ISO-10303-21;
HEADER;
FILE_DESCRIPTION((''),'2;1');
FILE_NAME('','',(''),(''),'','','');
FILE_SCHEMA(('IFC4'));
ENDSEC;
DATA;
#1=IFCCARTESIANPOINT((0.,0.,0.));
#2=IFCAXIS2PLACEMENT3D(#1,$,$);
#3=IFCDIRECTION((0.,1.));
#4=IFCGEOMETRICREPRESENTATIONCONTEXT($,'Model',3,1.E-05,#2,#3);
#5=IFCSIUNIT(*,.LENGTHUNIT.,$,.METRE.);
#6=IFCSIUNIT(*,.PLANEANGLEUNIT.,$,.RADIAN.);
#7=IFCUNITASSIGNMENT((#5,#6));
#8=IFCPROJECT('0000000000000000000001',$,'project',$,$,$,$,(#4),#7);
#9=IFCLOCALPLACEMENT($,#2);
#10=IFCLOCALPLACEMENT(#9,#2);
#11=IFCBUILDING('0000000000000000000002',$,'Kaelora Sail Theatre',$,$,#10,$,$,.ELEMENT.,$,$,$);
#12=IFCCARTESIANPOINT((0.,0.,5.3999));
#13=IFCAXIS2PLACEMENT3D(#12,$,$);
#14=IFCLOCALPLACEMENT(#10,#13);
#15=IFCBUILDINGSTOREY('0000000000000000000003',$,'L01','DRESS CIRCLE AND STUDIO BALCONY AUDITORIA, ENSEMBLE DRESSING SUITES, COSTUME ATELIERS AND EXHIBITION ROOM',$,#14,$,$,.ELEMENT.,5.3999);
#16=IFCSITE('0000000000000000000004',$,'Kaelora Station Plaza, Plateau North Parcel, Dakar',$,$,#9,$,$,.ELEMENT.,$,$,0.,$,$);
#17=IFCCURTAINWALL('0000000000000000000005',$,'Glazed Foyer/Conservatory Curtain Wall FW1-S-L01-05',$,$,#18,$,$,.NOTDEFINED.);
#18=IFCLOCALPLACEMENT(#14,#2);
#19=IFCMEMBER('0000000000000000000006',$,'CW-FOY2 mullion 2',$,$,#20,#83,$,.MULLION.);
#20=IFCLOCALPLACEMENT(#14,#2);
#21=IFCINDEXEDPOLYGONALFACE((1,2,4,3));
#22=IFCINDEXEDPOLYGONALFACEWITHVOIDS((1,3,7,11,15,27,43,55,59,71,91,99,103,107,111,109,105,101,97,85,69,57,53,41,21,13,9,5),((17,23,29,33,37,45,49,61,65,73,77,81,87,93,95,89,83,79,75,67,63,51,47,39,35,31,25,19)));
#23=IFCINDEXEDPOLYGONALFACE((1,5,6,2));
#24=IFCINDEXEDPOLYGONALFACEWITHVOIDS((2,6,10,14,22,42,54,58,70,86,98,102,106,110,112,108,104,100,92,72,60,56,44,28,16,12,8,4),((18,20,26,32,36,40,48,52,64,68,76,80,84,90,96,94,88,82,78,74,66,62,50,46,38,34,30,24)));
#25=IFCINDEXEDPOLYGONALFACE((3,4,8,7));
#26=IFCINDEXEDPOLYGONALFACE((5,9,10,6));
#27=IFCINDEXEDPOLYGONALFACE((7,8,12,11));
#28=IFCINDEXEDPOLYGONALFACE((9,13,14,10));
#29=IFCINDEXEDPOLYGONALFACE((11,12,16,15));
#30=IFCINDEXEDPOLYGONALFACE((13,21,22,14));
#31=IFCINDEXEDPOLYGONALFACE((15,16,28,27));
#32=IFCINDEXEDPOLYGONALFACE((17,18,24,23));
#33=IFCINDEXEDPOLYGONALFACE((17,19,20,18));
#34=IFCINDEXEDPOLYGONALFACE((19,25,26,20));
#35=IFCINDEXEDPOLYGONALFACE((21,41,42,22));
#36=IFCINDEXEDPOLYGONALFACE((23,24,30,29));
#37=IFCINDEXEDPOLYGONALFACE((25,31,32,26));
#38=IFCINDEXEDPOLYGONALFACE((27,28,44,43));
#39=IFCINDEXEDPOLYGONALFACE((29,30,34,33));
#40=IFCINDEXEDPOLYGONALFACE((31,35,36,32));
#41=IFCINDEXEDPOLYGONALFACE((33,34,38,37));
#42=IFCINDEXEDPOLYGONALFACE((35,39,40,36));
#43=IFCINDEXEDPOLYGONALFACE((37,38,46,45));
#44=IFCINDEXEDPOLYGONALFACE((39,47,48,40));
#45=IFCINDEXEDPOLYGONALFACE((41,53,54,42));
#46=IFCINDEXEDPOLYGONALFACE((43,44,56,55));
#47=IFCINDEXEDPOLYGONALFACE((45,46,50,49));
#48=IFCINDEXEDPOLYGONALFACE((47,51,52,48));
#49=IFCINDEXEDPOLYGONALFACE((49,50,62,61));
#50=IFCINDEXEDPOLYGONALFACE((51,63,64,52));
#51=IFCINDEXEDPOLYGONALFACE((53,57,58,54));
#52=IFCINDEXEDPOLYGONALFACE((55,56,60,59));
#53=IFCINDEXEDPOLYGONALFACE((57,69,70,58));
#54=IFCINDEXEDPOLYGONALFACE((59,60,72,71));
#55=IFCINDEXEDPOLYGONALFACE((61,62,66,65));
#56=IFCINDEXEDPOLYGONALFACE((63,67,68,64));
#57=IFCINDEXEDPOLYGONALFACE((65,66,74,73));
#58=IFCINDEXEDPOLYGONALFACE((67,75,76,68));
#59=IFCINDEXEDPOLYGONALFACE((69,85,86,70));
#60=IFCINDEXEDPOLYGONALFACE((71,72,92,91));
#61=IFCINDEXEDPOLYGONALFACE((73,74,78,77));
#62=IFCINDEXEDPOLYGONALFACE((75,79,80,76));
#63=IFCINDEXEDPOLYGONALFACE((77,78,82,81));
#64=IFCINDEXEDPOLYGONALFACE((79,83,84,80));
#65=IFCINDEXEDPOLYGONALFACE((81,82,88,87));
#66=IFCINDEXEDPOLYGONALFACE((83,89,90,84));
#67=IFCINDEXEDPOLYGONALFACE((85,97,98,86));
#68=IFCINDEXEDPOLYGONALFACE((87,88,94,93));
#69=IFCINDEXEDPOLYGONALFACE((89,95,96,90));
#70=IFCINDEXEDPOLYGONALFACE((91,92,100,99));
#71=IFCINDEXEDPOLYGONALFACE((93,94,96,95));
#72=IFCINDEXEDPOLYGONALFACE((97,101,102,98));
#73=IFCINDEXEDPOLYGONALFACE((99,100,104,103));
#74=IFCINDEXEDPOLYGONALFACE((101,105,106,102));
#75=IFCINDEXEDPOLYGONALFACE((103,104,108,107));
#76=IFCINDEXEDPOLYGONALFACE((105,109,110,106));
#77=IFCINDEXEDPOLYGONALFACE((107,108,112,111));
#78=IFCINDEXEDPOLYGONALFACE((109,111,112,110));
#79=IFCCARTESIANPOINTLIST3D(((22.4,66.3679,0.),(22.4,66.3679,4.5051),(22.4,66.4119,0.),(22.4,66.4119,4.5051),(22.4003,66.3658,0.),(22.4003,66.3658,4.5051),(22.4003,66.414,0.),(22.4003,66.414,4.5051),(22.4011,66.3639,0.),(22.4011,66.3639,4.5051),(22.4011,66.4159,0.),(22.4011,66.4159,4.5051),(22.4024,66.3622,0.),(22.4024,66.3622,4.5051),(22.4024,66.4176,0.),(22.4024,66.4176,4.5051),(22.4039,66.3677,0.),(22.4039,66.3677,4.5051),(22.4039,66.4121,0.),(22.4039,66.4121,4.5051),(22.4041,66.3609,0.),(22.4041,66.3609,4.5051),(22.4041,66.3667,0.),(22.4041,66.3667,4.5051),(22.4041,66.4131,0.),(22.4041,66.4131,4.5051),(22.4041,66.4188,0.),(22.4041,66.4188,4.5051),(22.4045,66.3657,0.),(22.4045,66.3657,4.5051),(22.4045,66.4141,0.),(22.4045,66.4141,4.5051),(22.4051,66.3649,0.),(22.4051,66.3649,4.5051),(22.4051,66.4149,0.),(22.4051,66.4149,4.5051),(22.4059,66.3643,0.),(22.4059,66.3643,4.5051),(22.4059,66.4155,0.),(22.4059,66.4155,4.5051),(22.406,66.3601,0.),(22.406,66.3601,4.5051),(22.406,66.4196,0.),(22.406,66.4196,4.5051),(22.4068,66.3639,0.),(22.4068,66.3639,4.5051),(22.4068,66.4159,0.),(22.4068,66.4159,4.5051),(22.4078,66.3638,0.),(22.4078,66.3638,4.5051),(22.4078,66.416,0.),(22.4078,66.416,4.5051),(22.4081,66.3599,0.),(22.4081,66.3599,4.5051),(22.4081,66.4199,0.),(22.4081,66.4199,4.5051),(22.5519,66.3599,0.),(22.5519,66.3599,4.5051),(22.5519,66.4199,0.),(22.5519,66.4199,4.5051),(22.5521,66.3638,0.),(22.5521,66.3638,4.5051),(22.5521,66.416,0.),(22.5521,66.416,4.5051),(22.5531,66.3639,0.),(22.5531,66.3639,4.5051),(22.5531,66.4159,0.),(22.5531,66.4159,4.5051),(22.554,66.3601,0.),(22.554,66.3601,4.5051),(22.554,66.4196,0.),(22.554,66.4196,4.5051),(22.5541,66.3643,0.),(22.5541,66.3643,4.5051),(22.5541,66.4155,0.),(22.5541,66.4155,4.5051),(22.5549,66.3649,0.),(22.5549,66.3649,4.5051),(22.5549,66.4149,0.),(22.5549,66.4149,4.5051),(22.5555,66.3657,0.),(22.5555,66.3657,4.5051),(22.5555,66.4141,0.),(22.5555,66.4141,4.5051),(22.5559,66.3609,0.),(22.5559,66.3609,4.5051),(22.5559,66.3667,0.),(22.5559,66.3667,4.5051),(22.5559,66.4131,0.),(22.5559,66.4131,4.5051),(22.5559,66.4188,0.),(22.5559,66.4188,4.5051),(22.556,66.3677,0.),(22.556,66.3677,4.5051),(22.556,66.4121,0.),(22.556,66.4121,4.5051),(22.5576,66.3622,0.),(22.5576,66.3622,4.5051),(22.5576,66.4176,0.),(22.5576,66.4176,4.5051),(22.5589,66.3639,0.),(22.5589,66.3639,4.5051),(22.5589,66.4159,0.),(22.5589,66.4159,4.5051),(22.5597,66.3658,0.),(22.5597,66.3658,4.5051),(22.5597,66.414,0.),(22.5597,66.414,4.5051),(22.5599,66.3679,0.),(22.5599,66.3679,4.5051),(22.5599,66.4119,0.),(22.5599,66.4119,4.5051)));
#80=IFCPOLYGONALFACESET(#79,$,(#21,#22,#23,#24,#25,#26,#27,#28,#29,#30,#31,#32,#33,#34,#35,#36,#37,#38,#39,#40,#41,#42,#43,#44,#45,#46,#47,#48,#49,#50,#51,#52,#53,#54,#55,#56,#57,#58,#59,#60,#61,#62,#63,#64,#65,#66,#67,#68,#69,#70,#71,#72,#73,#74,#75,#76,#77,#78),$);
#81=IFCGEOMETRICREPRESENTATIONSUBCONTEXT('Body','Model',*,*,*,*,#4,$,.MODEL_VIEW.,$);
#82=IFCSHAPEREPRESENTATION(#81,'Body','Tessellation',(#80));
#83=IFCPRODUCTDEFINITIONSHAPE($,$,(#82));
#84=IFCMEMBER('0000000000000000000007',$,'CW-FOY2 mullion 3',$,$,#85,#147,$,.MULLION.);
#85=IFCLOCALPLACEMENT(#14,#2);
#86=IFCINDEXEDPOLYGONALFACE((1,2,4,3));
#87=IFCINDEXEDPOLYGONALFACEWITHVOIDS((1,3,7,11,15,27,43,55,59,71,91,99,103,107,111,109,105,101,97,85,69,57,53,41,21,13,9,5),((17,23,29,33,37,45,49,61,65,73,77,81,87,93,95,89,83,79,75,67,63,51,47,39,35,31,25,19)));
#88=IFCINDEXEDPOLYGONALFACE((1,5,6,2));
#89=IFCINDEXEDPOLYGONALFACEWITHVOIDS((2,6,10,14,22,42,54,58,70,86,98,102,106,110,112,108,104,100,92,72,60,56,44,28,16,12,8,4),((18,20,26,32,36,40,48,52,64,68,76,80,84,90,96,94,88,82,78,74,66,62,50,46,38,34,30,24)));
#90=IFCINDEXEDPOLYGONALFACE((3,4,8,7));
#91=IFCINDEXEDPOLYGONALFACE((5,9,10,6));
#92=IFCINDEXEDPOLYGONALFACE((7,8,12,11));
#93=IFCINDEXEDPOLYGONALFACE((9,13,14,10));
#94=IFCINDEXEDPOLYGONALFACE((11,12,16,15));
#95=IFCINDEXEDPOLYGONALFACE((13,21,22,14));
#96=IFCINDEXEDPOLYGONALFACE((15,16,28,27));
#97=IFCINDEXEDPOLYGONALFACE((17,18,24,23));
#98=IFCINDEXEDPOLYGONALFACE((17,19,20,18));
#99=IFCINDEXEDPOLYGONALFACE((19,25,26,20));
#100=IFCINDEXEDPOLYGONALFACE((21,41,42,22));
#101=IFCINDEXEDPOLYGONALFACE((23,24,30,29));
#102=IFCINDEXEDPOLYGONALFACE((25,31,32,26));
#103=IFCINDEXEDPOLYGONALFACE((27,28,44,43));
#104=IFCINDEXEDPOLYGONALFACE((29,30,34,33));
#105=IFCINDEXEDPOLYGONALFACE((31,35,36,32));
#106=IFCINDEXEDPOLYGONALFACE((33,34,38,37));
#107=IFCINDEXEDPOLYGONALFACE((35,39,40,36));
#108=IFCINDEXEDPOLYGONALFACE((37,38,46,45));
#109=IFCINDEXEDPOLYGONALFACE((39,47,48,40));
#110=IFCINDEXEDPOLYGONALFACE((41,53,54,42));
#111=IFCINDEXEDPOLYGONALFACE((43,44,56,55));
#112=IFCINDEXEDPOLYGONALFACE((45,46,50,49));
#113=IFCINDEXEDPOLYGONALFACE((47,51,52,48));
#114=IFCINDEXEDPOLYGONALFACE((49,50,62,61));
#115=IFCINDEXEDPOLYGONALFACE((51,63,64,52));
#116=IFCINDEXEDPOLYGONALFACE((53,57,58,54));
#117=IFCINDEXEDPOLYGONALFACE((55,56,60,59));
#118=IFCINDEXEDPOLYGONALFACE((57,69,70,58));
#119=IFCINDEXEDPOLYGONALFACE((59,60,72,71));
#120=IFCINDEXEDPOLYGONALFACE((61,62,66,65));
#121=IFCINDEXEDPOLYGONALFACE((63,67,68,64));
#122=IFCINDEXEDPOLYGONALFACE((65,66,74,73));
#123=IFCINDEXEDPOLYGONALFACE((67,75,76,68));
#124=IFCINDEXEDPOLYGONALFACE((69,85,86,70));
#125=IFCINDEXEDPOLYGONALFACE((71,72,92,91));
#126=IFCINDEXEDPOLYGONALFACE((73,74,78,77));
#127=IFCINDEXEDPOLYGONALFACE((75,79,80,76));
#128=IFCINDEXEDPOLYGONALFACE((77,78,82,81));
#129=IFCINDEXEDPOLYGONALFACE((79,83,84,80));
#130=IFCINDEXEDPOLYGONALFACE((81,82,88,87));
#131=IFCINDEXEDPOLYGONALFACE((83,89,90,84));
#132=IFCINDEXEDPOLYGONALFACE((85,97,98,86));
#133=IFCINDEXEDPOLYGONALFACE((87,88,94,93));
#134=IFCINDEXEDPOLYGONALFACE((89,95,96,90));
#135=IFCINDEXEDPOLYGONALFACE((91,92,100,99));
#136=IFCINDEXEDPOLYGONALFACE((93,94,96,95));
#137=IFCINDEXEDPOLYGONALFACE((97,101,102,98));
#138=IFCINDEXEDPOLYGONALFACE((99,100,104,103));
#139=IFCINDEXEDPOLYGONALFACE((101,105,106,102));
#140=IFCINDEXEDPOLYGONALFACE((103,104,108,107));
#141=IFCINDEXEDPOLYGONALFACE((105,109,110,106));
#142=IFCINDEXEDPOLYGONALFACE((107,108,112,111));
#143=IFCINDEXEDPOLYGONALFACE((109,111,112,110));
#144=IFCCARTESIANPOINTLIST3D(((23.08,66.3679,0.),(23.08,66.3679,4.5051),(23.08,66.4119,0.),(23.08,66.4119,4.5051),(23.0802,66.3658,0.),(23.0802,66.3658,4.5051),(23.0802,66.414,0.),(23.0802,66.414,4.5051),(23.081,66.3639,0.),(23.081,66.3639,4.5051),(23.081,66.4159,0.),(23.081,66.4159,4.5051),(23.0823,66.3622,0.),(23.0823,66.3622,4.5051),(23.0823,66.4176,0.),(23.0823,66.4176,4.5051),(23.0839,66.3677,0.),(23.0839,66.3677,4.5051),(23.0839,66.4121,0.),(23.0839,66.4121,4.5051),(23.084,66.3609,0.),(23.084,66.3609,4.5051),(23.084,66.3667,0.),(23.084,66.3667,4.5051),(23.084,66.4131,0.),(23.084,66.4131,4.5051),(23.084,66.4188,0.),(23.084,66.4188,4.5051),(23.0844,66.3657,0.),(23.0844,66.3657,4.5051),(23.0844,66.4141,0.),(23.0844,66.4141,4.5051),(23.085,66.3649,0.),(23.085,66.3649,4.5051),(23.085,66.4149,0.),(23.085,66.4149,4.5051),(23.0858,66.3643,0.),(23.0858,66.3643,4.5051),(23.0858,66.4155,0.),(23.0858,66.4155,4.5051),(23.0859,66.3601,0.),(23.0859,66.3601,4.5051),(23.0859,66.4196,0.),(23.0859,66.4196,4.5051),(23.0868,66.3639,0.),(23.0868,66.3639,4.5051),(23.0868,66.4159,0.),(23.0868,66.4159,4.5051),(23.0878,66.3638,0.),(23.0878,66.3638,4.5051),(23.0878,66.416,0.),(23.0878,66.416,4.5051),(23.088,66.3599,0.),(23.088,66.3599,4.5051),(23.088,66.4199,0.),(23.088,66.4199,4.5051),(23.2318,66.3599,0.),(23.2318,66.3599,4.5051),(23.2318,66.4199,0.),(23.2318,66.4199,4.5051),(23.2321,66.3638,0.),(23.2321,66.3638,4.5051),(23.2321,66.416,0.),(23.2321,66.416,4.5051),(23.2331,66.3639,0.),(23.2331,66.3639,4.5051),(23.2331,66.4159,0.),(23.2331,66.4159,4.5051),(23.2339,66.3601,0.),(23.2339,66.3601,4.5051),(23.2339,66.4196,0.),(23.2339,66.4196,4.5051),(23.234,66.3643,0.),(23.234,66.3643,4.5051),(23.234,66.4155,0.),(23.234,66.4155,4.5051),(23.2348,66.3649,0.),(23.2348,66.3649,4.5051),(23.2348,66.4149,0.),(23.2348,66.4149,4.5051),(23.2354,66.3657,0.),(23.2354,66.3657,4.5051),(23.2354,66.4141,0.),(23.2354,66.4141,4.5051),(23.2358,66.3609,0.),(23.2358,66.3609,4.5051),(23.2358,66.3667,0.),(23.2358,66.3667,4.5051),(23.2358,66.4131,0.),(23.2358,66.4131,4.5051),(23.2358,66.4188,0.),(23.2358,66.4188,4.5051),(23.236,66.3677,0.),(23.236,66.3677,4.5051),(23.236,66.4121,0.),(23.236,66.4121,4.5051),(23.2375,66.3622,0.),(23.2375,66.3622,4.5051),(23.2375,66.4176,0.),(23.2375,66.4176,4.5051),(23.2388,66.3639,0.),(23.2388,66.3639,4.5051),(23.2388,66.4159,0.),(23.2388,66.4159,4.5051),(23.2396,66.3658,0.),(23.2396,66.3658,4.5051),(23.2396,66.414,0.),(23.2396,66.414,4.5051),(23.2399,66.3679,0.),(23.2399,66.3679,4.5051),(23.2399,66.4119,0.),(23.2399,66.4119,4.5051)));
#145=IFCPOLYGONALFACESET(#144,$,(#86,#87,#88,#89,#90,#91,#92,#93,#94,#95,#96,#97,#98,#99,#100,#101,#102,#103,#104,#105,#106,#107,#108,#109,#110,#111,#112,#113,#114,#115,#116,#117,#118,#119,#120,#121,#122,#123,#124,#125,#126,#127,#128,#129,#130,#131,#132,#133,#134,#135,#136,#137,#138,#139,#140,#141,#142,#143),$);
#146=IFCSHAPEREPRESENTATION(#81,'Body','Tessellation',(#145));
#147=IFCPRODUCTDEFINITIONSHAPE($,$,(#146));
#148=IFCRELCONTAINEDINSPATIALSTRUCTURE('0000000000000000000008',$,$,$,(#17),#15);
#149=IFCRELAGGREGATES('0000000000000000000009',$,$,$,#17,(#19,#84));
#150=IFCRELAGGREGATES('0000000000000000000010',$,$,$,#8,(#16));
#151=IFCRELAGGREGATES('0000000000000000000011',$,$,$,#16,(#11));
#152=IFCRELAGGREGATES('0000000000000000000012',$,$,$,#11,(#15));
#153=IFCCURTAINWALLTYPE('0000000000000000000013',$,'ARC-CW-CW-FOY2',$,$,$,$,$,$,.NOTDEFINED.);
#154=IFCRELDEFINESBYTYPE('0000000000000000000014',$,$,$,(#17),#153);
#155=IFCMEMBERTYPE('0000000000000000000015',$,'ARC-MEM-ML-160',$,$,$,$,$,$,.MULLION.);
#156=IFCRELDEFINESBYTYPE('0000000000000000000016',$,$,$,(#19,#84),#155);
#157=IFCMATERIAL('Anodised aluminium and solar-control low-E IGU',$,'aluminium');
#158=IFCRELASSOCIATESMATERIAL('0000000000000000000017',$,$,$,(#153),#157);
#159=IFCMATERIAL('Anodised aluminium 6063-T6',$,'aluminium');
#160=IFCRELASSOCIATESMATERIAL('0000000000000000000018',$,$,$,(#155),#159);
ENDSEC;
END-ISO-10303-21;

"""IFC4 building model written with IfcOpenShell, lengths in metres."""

from ifc_helpers import new_model, si_unit, direction, frame, origin, origin_2d, place, context, subcontext, project, spatial, hollow_rectangle, extrude, material, material_profile, profile_set, type_object, element, aggregate, save


model = new_model("IFC4")

# Units and contexts
model_context = context("Model", 3, precision=1e-05, world=origin(), true_north=direction((0.0, 1.0)))
body_context = subcontext(model_context, "Body", "Model", "MODEL_VIEW")
ifc_project = project(units=[si_unit("LENGTHUNIT", "METRE"), si_unit("PLANEANGLEUNIT", "RADIAN")], contexts=[model_context])

# Site, building, storey
site_placement = place(None, origin())
site = spatial("IfcSite", under=ifc_project, at=site_placement, Name="Kaelora Station Plaza, Plateau North Parcel, Dakar", CompositionType="ELEMENT", RefElevation=0.0)
building_placement = place(site_placement, origin())
building = spatial("IfcBuilding", under=site, at=building_placement, Name="Kaelora Sail Theatre", CompositionType="ELEMENT")
storey_placement = place(building_placement, frame((0.0, 0.0, 5.3999)))
storey = spatial("IfcBuildingStorey", under=building, at=storey_placement, Name="L01", Description="DRESS CIRCLE AND STUDIO BALCONY AUDITORIA, ENSEMBLE DRESSING SUITES, COSTUME ATELIERS AND EXHIBITION ROOM", CompositionType="ELEMENT", Elevation=5.3999)

# Curtain wall, members
ifc_material_1 = material(Name="Anodised aluminium and solar-control low-E IGU", Category="aluminium")
curtain_wall_type = type_object("IfcCurtainWallType", Name="ARC-CW-CW-FOY2", PredefinedType="NOTDEFINED", material=ifc_material_1)
curtain_wall_placement = place(storey_placement, origin())
curtain_wall = element("IfcCurtainWall", 1, at=curtain_wall_placement, inside=storey, type_object=curtain_wall_type, Name="Glazed Foyer/Conservatory Curtain Wall FW1-S-L01-05", PredefinedType="NOTDEFINED")
ifc_material_2 = material(Name="Anodised aluminium 6063-T6", Category="aluminium")
ifc_material_profile_1 = material_profile(ifc_material_2, hollow_rectangle(XDim=0.0601, YDim=0.1599, WallThickness=0.0039, InnerFilletRadius=0.0039, OuterFilletRadius=0.0081, at=origin_2d()), Name="ALU-MULL 60x160x4")
ifc_profile_set_1 = profile_set([ifc_material_profile_1], Name="Anodised aluminium 6063-T6")
member_type_1 = type_object("IfcMemberType", Name="ARC-MEM-ML-160", PredefinedType="MULLION", material=ifc_profile_set_1)
member_1_placement = place(storey_placement, frame((22.48, 66.3899, 0.0), z_axis=(0.0, 0.0, 1.0), x_axis=(0.0, 1.0, 0.0)))
member_1 = element("IfcMember", 2, at=member_1_placement, type_object=member_type_1, Name="CW-FOY2 mullion 2", PredefinedType="MULLION", context=body_context, shape_type="SweptSolid", body=[
    extrude(hollow_rectangle(XDim=0.0601, YDim=0.1599, WallThickness=0.0039, InnerFilletRadius=0.0039, OuterFilletRadius=0.0081, at=origin_2d()), origin(), (0.0, 0.0, 1.0), 4.5051),
])
member_2_placement = place(storey_placement, frame((23.1599, 66.3899, 0.0), z_axis=(0.0, 0.0, 1.0), x_axis=(0.0, 1.0, 0.0)))
member_2 = element("IfcMember", 3, at=member_2_placement, type_object=member_type_1, Name="CW-FOY2 mullion 3", PredefinedType="MULLION", context=body_context, shape_type="SweptSolid", body=[
    extrude(hollow_rectangle(XDim=0.0601, YDim=0.1599, WallThickness=0.0039, InnerFilletRadius=0.0039, OuterFilletRadius=0.0081, at=origin_2d()), origin(), (0.0, 0.0, 1.0), 4.5051),
])
aggregate(curtain_wall, [member_1, member_2])

save(model, "model.ifc")
